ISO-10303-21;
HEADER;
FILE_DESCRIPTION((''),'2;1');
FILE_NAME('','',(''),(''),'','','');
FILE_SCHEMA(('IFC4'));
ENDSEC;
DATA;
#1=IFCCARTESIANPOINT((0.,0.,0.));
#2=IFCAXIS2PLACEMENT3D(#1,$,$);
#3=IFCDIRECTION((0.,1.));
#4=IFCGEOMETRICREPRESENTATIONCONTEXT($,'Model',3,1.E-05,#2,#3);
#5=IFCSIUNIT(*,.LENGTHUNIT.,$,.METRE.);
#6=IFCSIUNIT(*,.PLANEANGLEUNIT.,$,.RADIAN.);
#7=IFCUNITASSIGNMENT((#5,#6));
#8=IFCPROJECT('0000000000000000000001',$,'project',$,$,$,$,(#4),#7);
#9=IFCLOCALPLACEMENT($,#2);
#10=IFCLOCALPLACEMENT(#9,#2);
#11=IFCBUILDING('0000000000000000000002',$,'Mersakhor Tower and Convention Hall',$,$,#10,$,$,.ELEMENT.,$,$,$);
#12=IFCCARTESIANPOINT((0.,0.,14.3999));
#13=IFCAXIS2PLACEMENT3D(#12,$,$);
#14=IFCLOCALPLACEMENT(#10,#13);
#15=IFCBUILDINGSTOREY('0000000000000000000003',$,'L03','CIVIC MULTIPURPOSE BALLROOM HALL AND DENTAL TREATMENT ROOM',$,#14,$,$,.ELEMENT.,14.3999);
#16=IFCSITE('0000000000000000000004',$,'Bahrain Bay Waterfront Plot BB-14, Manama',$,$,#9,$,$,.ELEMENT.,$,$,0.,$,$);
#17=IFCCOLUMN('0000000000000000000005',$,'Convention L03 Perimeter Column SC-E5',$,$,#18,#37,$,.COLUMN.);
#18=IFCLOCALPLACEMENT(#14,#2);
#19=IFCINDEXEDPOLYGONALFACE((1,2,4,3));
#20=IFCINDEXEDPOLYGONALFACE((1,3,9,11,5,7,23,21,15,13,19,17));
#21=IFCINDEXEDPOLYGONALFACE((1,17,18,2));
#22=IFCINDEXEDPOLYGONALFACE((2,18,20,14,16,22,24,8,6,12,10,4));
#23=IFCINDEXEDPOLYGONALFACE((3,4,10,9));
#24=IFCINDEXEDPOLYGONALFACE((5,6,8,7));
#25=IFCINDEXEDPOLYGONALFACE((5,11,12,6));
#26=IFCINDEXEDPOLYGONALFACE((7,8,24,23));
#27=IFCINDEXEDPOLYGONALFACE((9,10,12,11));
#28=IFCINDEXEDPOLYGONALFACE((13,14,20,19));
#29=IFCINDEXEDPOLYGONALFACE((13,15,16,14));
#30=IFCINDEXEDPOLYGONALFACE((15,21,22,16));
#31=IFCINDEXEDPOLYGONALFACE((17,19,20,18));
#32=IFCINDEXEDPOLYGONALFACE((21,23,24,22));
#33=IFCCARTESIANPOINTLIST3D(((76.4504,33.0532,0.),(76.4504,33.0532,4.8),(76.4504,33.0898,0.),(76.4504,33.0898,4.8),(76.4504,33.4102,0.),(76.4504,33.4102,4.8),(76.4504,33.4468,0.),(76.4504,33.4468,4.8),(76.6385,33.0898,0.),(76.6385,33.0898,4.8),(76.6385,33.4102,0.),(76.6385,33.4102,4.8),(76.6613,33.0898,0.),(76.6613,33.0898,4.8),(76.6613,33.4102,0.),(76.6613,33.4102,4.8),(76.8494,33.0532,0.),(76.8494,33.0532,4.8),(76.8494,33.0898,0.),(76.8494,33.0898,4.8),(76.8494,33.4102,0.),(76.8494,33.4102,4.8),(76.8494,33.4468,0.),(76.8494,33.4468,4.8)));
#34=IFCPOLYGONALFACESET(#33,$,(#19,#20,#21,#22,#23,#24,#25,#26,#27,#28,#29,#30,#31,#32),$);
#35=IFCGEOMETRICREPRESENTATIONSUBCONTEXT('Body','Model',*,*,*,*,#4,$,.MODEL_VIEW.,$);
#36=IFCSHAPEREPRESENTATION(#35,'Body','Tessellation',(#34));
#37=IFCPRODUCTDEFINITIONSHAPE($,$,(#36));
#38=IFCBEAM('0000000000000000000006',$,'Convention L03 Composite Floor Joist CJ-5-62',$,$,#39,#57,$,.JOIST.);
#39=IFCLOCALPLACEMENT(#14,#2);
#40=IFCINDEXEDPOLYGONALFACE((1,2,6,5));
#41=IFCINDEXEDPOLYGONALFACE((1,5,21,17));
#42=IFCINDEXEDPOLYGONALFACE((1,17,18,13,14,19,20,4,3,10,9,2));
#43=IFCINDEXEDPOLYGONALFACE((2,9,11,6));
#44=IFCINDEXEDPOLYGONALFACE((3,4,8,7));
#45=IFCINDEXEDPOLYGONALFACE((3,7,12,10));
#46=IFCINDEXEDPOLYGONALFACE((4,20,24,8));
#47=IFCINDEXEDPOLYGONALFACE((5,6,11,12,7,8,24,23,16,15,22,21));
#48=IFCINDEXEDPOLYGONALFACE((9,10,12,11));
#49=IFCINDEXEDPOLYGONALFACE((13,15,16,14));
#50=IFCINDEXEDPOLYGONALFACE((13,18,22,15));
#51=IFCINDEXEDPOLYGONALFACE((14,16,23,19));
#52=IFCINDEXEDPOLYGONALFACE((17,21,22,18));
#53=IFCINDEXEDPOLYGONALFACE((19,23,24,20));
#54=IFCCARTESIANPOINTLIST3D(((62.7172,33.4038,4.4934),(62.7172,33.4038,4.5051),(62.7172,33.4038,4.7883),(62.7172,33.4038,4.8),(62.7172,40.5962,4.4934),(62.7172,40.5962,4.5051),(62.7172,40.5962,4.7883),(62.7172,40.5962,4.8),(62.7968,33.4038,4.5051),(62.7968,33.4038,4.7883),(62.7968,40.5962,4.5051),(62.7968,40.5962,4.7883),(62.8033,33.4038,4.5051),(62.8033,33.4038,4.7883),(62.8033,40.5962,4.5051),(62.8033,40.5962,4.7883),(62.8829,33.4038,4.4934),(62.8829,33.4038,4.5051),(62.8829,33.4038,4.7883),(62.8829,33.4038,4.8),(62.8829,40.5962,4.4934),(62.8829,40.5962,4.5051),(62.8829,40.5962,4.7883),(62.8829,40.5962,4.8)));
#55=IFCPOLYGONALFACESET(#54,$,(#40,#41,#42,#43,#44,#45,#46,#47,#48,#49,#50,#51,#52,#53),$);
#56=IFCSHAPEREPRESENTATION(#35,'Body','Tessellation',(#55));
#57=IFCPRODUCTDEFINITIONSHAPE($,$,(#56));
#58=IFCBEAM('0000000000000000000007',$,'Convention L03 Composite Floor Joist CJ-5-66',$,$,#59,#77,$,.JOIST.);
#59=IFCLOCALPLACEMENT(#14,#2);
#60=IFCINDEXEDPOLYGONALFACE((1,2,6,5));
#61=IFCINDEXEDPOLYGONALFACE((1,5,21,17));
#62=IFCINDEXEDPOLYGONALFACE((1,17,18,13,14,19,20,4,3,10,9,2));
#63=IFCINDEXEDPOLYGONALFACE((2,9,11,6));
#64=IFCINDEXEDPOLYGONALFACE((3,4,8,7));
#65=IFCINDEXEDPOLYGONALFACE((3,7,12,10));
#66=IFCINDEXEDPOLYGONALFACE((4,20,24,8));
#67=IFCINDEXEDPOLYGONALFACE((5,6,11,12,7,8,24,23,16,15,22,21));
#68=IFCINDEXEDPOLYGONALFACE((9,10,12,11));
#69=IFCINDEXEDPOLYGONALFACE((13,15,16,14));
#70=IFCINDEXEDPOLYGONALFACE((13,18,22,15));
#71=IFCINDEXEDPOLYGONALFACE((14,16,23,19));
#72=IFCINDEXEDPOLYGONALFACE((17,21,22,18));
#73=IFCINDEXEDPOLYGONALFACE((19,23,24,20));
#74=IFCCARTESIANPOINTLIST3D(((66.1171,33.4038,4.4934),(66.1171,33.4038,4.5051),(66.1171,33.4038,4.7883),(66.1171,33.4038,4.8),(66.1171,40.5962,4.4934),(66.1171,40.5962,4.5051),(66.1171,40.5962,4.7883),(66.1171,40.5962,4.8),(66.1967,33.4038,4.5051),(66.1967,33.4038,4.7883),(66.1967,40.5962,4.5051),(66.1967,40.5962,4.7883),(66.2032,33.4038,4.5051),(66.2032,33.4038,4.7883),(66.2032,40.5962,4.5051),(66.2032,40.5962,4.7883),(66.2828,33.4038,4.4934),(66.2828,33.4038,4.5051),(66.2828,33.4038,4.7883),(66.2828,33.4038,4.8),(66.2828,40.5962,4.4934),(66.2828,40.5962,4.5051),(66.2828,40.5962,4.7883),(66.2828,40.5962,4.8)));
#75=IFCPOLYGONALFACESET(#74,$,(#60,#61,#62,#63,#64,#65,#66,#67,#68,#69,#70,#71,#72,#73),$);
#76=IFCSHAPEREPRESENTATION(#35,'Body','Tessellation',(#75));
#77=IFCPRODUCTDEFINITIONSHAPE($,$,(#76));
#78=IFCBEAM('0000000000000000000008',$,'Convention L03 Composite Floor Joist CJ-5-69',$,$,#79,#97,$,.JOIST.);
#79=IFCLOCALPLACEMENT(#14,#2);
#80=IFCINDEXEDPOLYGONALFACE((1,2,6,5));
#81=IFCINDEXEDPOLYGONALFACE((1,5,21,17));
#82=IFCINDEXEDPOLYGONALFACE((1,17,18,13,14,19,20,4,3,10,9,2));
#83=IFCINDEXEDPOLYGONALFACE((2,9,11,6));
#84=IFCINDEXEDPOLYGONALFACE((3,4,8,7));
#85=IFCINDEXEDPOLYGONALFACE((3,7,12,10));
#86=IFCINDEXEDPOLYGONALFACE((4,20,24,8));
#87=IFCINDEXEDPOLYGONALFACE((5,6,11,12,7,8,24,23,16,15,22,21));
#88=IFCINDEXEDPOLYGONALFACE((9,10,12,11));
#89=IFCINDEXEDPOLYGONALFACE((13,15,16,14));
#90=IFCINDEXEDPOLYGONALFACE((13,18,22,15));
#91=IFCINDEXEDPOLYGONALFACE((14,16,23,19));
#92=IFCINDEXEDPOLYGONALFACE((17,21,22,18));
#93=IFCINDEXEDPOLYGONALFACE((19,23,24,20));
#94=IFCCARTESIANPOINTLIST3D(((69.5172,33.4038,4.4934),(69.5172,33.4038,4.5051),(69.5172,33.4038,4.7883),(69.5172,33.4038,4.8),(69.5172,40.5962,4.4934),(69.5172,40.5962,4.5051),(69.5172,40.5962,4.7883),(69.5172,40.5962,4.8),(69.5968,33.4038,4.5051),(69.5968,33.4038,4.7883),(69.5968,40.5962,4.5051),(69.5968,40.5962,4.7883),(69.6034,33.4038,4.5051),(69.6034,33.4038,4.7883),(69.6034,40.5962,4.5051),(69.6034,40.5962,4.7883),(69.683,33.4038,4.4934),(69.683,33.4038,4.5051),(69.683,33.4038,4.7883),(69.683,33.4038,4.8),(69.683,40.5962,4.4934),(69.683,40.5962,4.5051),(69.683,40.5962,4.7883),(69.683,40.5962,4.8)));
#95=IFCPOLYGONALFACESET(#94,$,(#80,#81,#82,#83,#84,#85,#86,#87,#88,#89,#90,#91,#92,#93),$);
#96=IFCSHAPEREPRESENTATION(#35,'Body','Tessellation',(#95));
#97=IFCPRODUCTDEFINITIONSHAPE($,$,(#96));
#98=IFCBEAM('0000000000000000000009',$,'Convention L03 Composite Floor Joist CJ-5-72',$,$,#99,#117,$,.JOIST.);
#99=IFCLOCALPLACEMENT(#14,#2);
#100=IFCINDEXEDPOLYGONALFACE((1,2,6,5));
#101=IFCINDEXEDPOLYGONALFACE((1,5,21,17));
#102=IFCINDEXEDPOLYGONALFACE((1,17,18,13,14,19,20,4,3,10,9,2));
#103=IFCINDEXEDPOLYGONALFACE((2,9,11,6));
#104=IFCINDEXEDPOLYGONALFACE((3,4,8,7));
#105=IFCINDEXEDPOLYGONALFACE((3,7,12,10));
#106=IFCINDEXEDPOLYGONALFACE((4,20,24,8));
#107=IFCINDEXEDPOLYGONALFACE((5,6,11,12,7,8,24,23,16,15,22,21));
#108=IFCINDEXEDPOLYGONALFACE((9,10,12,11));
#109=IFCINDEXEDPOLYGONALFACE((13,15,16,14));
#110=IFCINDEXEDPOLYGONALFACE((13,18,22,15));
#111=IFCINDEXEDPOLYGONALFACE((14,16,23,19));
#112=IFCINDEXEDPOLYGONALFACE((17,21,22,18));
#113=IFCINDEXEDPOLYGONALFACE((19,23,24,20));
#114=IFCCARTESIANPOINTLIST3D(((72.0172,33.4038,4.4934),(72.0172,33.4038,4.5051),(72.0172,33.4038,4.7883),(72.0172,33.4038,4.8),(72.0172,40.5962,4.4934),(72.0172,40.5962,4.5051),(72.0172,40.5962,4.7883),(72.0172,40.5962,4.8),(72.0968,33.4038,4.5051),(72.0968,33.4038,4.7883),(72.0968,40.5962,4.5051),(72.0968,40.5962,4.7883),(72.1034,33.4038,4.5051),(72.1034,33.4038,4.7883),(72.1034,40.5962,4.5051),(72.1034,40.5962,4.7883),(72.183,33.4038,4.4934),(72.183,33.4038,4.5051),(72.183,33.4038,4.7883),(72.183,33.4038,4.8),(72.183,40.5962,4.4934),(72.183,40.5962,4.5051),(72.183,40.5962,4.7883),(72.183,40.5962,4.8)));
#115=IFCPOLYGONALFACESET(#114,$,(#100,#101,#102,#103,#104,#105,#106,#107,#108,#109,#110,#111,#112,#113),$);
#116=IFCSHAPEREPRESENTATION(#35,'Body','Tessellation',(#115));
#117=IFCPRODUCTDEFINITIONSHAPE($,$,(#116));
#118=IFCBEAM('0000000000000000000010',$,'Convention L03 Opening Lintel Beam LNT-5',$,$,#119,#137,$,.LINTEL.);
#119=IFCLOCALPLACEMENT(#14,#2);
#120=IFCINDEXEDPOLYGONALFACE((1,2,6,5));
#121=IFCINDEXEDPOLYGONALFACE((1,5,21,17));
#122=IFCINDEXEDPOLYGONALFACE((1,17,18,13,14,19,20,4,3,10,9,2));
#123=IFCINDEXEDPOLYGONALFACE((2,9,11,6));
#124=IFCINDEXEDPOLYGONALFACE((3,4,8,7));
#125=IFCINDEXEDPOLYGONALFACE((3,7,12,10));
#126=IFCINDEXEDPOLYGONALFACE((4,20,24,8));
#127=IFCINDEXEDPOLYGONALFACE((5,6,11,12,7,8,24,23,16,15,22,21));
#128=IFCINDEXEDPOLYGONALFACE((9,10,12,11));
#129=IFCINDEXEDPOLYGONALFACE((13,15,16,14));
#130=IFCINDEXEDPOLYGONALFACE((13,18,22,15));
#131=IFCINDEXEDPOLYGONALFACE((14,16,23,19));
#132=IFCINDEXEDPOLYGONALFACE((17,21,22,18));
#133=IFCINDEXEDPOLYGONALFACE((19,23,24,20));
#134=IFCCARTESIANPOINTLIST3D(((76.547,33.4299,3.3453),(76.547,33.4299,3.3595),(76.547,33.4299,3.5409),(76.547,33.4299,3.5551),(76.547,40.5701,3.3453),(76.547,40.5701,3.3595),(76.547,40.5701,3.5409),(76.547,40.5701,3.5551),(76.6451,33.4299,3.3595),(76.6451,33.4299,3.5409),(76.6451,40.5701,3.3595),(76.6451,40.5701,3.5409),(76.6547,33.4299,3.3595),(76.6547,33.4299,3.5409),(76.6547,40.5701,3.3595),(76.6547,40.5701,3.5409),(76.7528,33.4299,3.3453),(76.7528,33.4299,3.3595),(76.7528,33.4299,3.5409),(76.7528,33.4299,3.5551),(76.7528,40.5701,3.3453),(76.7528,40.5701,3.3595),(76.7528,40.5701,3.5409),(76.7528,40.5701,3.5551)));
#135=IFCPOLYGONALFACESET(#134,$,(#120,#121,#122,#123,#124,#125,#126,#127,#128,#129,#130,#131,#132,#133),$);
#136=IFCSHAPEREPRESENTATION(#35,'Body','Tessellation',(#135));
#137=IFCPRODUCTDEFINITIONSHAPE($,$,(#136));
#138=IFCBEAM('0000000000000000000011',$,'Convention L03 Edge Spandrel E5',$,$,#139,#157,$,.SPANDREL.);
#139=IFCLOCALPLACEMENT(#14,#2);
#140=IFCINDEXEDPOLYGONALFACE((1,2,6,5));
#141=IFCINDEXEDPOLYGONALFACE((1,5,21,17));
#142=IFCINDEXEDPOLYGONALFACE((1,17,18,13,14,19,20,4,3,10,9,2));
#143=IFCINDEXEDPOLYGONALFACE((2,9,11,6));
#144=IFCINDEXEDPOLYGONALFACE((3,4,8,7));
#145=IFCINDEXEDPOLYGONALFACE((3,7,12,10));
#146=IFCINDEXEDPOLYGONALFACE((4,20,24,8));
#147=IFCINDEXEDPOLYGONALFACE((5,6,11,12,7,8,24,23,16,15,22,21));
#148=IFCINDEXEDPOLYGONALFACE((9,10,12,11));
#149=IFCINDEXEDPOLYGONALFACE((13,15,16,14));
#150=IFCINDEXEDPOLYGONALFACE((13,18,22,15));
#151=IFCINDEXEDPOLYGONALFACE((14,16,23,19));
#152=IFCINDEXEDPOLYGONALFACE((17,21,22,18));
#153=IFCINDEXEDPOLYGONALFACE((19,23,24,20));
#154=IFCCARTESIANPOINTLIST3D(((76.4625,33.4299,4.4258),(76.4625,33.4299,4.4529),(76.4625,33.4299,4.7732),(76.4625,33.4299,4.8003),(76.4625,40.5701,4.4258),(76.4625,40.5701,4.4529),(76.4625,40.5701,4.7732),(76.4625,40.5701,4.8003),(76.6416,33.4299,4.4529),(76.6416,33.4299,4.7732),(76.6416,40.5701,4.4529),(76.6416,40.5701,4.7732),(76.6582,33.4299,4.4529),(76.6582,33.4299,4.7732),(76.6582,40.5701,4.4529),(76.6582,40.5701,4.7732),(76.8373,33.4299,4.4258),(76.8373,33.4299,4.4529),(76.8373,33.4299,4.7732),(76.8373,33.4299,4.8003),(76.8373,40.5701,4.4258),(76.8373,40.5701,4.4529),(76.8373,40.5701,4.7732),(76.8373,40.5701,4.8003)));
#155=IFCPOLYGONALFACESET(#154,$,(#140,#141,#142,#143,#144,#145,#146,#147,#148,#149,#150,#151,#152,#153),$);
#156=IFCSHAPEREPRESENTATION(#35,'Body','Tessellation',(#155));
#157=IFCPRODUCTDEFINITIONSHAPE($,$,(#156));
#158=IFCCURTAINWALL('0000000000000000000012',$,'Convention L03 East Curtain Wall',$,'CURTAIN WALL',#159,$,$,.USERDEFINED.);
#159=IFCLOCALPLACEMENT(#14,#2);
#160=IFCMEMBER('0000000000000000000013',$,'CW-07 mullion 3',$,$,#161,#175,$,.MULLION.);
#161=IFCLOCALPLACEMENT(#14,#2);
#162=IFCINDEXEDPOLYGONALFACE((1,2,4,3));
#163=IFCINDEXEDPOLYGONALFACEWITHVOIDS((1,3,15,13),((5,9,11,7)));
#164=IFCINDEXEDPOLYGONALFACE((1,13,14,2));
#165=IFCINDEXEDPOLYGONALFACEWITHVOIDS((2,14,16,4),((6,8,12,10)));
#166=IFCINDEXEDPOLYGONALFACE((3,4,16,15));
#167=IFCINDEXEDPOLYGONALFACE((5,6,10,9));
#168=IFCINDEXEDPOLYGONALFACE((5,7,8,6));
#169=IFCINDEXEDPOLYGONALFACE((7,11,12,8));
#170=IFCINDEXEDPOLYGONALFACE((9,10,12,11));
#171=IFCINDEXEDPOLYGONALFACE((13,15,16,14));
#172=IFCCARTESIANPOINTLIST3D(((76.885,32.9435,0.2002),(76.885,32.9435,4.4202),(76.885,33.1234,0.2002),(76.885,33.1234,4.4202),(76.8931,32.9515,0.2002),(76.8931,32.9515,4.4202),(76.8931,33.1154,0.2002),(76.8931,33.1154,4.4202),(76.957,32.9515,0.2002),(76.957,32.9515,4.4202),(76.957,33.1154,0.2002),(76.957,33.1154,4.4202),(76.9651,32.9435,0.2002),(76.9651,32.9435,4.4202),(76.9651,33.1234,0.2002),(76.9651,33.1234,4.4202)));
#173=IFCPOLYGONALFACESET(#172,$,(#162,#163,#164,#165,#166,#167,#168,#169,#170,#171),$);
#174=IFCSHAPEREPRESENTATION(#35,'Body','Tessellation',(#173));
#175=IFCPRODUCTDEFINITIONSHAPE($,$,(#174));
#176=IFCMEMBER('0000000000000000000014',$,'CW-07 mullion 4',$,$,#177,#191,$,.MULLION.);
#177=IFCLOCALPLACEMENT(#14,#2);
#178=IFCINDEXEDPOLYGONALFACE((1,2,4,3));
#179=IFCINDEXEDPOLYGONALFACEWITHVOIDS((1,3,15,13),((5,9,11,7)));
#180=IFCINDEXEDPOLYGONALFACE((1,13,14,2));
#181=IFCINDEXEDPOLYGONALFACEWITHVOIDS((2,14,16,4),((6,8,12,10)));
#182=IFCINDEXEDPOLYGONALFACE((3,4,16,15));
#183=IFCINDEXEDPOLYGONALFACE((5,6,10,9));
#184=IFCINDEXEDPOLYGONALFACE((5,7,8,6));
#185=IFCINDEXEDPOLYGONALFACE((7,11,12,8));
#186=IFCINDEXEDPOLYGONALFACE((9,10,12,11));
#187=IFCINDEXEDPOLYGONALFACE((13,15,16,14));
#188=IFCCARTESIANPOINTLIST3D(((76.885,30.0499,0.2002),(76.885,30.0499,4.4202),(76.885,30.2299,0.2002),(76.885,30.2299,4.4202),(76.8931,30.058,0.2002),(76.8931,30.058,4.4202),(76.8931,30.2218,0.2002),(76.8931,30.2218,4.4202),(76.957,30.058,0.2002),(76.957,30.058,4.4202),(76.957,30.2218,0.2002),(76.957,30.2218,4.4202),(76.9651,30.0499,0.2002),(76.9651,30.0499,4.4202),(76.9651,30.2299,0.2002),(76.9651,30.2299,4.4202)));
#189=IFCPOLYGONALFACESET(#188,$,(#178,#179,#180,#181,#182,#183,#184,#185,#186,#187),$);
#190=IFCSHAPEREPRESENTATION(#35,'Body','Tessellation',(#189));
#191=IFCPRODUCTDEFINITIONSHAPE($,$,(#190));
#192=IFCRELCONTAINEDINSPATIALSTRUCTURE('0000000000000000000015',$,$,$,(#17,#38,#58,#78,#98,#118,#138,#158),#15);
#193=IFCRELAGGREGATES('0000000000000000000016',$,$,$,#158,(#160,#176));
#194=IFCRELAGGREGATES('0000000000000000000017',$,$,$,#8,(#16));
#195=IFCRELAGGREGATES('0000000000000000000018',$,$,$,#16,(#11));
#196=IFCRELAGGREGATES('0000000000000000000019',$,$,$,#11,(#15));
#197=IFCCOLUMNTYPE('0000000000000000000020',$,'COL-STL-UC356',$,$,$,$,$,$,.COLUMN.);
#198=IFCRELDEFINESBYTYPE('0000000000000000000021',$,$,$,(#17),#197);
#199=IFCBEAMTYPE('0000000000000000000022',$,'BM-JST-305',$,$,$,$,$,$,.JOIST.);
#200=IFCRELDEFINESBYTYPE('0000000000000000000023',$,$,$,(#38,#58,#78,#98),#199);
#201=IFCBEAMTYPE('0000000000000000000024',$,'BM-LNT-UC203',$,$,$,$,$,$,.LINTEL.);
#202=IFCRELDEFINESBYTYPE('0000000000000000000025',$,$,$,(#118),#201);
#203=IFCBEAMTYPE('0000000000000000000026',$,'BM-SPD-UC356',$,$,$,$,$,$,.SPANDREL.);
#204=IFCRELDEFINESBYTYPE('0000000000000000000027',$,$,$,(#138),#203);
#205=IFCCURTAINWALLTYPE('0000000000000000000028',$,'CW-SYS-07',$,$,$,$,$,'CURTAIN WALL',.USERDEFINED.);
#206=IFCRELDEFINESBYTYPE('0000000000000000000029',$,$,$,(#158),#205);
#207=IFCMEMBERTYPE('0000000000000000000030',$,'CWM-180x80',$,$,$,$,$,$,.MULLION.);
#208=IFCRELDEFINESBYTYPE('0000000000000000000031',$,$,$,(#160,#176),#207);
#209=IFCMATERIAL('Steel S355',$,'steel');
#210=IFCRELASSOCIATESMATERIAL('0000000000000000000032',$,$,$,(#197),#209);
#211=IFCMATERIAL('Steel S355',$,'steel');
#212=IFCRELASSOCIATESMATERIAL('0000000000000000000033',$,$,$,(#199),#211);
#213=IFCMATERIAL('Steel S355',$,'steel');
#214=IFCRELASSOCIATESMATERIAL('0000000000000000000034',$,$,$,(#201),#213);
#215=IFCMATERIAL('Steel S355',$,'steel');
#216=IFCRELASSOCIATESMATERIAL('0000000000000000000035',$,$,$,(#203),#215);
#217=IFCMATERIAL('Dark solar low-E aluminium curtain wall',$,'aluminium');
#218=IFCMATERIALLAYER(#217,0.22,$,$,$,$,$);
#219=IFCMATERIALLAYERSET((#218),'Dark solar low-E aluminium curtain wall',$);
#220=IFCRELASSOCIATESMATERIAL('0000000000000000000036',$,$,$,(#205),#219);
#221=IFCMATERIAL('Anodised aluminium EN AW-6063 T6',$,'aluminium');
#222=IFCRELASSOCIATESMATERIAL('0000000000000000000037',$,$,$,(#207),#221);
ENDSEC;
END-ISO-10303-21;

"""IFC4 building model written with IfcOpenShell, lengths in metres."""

from ifc_helpers import new_model, si_unit, direction, frame, origin, origin_2d, place, context, subcontext, project, spatial, hollow_rectangle, i_section, extrude, material, layer, layer_set, material_profile, profile_set, type_object, element, aggregate, save


model = new_model("IFC4")

# Units and contexts
model_context = context("Model", 3, precision=1e-05, world=origin(), true_north=direction((0.0, 1.0)))
body_context = subcontext(model_context, "Body", "Model", "MODEL_VIEW")
ifc_project = project(units=[si_unit("LENGTHUNIT", "METRE"), si_unit("PLANEANGLEUNIT", "RADIAN")], contexts=[model_context])

# Site, building, storey
site_placement = place(None, origin())
site = spatial("IfcSite", under=ifc_project, at=site_placement, Name="Bahrain Bay Waterfront Plot BB-14, Manama", CompositionType="ELEMENT", RefElevation=0.0)
building_placement = place(site_placement, origin())
building = spatial("IfcBuilding", under=site, at=building_placement, Name="Mersakhor Tower and Convention Hall", CompositionType="ELEMENT")
storey_placement = place(building_placement, frame((0.0, 0.0, 14.3999)))
storey = spatial("IfcBuildingStorey", under=building, at=storey_placement, Name="L03", Description="CIVIC MULTIPURPOSE BALLROOM HALL AND DENTAL TREATMENT ROOM", CompositionType="ELEMENT", Elevation=14.3999)

# Column
ifc_material_1 = material(Name="Steel S355", Category="steel")
ifc_material_profile_1 = material_profile(ifc_material_1, i_section(OverallWidth=0.3989, OverallDepth=0.3936, WebThickness=0.0227, FlangeThickness=0.0366, at=origin_2d()), Name="UC 356x406x287")
ifc_profile_set_1 = profile_set([ifc_material_profile_1], Name="Steel S355")
column_type = type_object("IfcColumnType", Name="COL-STL-UC356", PredefinedType="COLUMN", material=ifc_profile_set_1)
column_placement = place(storey_placement, frame((76.6499, 33.25, 0.0), z_axis=(0.0, 0.0, 1.0), x_axis=(1.0, 0.0, 0.0)))
element("IfcColumn", 1, at=column_placement, inside=storey, type_object=column_type, Name="Convention L03 Perimeter Column SC-E5", PredefinedType="COLUMN", context=body_context, shape_type="SweptSolid", body=[
    extrude(i_section(OverallWidth=0.3989, OverallDepth=0.3936, WebThickness=0.0227, FlangeThickness=0.0366, at=origin_2d()), origin(), (0.0, 0.0, 1.0), 4.8),
])

# Beams
ifc_material_2 = material(Name="Steel S355", Category="steel")
ifc_material_profile_2 = material_profile(ifc_material_2, i_section(OverallWidth=0.1658, OverallDepth=0.3066, WebThickness=0.0066, FlangeThickness=0.0117, at=origin_2d()), Name="UB 305x165x46")
ifc_profile_set_2 = profile_set([ifc_material_profile_2], Name="Steel S355")
beam_type_1 = type_object("IfcBeamType", Name="BM-JST-305", PredefinedType="JOIST", material=ifc_profile_set_2)
for number, where, z_axis, x_axis, name in (
    (2, (62.8, 33.4038, 4.6467), (0.0, 1.0, 0.0), (-1.0, 0.0, 0.0), "Convention L03 Composite Floor Joist CJ-5-62"),
    (3, (66.2, 33.4038, 4.6467), (0.0, 1.0, 0.0), (-1.0, 0.0, 0.0), "Convention L03 Composite Floor Joist CJ-5-66"),
    (4, (69.6001, 33.4038, 4.6467), (0.0, 1.0, 0.0), (-1.0, 0.0, 0.0), "Convention L03 Composite Floor Joist CJ-5-69"),
    (5, (72.1001, 33.4038, 4.6467), (0.0, 1.0, 0.0), (-1.0, 0.0, 0.0), "Convention L03 Composite Floor Joist CJ-5-72"),
):
    element("IfcBeam", number, at=place(storey_placement, frame(where, z_axis=z_axis, x_axis=x_axis)), inside=storey, type_object=beam_type_1, Name=name, PredefinedType="JOIST", context=body_context, shape_type="SweptSolid", body=[
        extrude(i_section(OverallWidth=0.1658, OverallDepth=0.3066, WebThickness=0.0066, FlangeThickness=0.0117, at=origin_2d()), origin(), (0.0, 0.0, 1.0), 7.1924),
    ])
ifc_material_3 = material(Name="Steel S355", Category="steel")
ifc_material_profile_3 = material_profile(ifc_material_3, i_section(OverallWidth=0.2058, OverallDepth=0.2097, WebThickness=0.0095, FlangeThickness=0.0142, at=origin_2d()), Name="UC 203x203x60")
ifc_profile_set_3 = profile_set([ifc_material_profile_3], Name="Steel S355")
beam_type_2 = type_object("IfcBeamType", Name="BM-LNT-UC203", PredefinedType="LINTEL", material=ifc_profile_set_3)
beam_1_placement = place(storey_placement, frame((76.6499, 33.4299, 3.4502), z_axis=(0.0, 1.0, 0.0), x_axis=(-1.0, 0.0, 0.0)))
element("IfcBeam", 6, at=beam_1_placement, inside=storey, type_object=beam_type_2, Name="Convention L03 Opening Lintel Beam LNT-5", PredefinedType="LINTEL", context=body_context, shape_type="SweptSolid", body=[
    extrude(i_section(OverallWidth=0.2058, OverallDepth=0.2097, WebThickness=0.0095, FlangeThickness=0.0142, at=origin_2d()), origin(), (0.0, 0.0, 1.0), 7.1401),
])
ifc_material_4 = material(Name="Steel S355", Category="steel")
ifc_material_profile_4 = material_profile(ifc_material_4, i_section(OverallWidth=0.3748, OverallDepth=0.3745, WebThickness=0.0166, FlangeThickness=0.0271, at=origin_2d()), Name="UC 356x368x202")
ifc_profile_set_4 = profile_set([ifc_material_profile_4], Name="Steel S355")
beam_type_3 = type_object("IfcBeamType", Name="BM-SPD-UC356", PredefinedType="SPANDREL", material=ifc_profile_set_4)
beam_2_placement = place(storey_placement, frame((76.6499, 33.4299, 4.613), z_axis=(0.0, 1.0, 0.0), x_axis=(-1.0, 0.0, 0.0)))
element("IfcBeam", 7, at=beam_2_placement, inside=storey, type_object=beam_type_3, Name="Convention L03 Edge Spandrel E5", PredefinedType="SPANDREL", context=body_context, shape_type="SweptSolid", body=[
    extrude(i_section(OverallWidth=0.3748, OverallDepth=0.3745, WebThickness=0.0166, FlangeThickness=0.0271, at=origin_2d()), origin(), (0.0, 0.0, 1.0), 7.1401),
])

# Curtain wall, members
ifc_material_5 = material(Name="Dark solar low-E aluminium curtain wall", Category="aluminium")
ifc_layer_1 = layer(ifc_material_5, 0.22)
ifc_layer_set_1 = layer_set([ifc_layer_1], Name="Dark solar low-E aluminium curtain wall")
curtain_wall_type = type_object("IfcCurtainWallType", Name="CW-SYS-07", ElementType="CURTAIN WALL", PredefinedType="USERDEFINED", material=ifc_layer_set_1)
curtain_wall_placement = place(storey_placement, origin())
curtain_wall = element("IfcCurtainWall", 8, at=curtain_wall_placement, inside=storey, type_object=curtain_wall_type, Name="Convention L03 East Curtain Wall", ObjectType="CURTAIN WALL", PredefinedType="USERDEFINED")
ifc_material_6 = material(Name="Anodised aluminium EN AW-6063 T6", Category="aluminium")
ifc_material_profile_5 = material_profile(ifc_material_6, hollow_rectangle(XDim=0.0801, YDim=0.1799, WallThickness=0.0081, at=origin_2d()), Name="RHS 180x80x8")
ifc_profile_set_5 = profile_set([ifc_material_profile_5], Name="Anodised aluminium EN AW-6063 T6")
member_type_1 = type_object("IfcMemberType", Name="CWM-180x80", PredefinedType="MULLION", material=ifc_profile_set_5)
member_1_placement = place(storey_placement, frame((76.925, 33.0334, 0.2002), z_axis=(0.0, 0.0, 1.0), x_axis=(1.0, 0.0, 0.0)))
member_1 = element("IfcMember", 9, at=member_1_placement, type_object=member_type_1, Name="CW-07 mullion 3", PredefinedType="MULLION", context=body_context, shape_type="SweptSolid", body=[
    extrude(hollow_rectangle(XDim=0.0801, YDim=0.1799, WallThickness=0.0081, at=origin_2d()), origin(), (0.0, 0.0, 1.0), 4.22),
])
member_2_placement = place(storey_placement, frame((76.925, 30.1399, 0.2002), z_axis=(0.0, 0.0, 1.0), x_axis=(1.0, 0.0, 0.0)))
member_2 = element("IfcMember", 10, at=member_2_placement, type_object=member_type_1, Name="CW-07 mullion 4", PredefinedType="MULLION", context=body_context, shape_type="SweptSolid", body=[
    extrude(hollow_rectangle(XDim=0.0801, YDim=0.1799, WallThickness=0.0081, at=origin_2d()), origin(), (0.0, 0.0, 1.0), 4.22),
])

aggregate(curtain_wall, [member_1, member_2])

save(model, "model.ifc")
